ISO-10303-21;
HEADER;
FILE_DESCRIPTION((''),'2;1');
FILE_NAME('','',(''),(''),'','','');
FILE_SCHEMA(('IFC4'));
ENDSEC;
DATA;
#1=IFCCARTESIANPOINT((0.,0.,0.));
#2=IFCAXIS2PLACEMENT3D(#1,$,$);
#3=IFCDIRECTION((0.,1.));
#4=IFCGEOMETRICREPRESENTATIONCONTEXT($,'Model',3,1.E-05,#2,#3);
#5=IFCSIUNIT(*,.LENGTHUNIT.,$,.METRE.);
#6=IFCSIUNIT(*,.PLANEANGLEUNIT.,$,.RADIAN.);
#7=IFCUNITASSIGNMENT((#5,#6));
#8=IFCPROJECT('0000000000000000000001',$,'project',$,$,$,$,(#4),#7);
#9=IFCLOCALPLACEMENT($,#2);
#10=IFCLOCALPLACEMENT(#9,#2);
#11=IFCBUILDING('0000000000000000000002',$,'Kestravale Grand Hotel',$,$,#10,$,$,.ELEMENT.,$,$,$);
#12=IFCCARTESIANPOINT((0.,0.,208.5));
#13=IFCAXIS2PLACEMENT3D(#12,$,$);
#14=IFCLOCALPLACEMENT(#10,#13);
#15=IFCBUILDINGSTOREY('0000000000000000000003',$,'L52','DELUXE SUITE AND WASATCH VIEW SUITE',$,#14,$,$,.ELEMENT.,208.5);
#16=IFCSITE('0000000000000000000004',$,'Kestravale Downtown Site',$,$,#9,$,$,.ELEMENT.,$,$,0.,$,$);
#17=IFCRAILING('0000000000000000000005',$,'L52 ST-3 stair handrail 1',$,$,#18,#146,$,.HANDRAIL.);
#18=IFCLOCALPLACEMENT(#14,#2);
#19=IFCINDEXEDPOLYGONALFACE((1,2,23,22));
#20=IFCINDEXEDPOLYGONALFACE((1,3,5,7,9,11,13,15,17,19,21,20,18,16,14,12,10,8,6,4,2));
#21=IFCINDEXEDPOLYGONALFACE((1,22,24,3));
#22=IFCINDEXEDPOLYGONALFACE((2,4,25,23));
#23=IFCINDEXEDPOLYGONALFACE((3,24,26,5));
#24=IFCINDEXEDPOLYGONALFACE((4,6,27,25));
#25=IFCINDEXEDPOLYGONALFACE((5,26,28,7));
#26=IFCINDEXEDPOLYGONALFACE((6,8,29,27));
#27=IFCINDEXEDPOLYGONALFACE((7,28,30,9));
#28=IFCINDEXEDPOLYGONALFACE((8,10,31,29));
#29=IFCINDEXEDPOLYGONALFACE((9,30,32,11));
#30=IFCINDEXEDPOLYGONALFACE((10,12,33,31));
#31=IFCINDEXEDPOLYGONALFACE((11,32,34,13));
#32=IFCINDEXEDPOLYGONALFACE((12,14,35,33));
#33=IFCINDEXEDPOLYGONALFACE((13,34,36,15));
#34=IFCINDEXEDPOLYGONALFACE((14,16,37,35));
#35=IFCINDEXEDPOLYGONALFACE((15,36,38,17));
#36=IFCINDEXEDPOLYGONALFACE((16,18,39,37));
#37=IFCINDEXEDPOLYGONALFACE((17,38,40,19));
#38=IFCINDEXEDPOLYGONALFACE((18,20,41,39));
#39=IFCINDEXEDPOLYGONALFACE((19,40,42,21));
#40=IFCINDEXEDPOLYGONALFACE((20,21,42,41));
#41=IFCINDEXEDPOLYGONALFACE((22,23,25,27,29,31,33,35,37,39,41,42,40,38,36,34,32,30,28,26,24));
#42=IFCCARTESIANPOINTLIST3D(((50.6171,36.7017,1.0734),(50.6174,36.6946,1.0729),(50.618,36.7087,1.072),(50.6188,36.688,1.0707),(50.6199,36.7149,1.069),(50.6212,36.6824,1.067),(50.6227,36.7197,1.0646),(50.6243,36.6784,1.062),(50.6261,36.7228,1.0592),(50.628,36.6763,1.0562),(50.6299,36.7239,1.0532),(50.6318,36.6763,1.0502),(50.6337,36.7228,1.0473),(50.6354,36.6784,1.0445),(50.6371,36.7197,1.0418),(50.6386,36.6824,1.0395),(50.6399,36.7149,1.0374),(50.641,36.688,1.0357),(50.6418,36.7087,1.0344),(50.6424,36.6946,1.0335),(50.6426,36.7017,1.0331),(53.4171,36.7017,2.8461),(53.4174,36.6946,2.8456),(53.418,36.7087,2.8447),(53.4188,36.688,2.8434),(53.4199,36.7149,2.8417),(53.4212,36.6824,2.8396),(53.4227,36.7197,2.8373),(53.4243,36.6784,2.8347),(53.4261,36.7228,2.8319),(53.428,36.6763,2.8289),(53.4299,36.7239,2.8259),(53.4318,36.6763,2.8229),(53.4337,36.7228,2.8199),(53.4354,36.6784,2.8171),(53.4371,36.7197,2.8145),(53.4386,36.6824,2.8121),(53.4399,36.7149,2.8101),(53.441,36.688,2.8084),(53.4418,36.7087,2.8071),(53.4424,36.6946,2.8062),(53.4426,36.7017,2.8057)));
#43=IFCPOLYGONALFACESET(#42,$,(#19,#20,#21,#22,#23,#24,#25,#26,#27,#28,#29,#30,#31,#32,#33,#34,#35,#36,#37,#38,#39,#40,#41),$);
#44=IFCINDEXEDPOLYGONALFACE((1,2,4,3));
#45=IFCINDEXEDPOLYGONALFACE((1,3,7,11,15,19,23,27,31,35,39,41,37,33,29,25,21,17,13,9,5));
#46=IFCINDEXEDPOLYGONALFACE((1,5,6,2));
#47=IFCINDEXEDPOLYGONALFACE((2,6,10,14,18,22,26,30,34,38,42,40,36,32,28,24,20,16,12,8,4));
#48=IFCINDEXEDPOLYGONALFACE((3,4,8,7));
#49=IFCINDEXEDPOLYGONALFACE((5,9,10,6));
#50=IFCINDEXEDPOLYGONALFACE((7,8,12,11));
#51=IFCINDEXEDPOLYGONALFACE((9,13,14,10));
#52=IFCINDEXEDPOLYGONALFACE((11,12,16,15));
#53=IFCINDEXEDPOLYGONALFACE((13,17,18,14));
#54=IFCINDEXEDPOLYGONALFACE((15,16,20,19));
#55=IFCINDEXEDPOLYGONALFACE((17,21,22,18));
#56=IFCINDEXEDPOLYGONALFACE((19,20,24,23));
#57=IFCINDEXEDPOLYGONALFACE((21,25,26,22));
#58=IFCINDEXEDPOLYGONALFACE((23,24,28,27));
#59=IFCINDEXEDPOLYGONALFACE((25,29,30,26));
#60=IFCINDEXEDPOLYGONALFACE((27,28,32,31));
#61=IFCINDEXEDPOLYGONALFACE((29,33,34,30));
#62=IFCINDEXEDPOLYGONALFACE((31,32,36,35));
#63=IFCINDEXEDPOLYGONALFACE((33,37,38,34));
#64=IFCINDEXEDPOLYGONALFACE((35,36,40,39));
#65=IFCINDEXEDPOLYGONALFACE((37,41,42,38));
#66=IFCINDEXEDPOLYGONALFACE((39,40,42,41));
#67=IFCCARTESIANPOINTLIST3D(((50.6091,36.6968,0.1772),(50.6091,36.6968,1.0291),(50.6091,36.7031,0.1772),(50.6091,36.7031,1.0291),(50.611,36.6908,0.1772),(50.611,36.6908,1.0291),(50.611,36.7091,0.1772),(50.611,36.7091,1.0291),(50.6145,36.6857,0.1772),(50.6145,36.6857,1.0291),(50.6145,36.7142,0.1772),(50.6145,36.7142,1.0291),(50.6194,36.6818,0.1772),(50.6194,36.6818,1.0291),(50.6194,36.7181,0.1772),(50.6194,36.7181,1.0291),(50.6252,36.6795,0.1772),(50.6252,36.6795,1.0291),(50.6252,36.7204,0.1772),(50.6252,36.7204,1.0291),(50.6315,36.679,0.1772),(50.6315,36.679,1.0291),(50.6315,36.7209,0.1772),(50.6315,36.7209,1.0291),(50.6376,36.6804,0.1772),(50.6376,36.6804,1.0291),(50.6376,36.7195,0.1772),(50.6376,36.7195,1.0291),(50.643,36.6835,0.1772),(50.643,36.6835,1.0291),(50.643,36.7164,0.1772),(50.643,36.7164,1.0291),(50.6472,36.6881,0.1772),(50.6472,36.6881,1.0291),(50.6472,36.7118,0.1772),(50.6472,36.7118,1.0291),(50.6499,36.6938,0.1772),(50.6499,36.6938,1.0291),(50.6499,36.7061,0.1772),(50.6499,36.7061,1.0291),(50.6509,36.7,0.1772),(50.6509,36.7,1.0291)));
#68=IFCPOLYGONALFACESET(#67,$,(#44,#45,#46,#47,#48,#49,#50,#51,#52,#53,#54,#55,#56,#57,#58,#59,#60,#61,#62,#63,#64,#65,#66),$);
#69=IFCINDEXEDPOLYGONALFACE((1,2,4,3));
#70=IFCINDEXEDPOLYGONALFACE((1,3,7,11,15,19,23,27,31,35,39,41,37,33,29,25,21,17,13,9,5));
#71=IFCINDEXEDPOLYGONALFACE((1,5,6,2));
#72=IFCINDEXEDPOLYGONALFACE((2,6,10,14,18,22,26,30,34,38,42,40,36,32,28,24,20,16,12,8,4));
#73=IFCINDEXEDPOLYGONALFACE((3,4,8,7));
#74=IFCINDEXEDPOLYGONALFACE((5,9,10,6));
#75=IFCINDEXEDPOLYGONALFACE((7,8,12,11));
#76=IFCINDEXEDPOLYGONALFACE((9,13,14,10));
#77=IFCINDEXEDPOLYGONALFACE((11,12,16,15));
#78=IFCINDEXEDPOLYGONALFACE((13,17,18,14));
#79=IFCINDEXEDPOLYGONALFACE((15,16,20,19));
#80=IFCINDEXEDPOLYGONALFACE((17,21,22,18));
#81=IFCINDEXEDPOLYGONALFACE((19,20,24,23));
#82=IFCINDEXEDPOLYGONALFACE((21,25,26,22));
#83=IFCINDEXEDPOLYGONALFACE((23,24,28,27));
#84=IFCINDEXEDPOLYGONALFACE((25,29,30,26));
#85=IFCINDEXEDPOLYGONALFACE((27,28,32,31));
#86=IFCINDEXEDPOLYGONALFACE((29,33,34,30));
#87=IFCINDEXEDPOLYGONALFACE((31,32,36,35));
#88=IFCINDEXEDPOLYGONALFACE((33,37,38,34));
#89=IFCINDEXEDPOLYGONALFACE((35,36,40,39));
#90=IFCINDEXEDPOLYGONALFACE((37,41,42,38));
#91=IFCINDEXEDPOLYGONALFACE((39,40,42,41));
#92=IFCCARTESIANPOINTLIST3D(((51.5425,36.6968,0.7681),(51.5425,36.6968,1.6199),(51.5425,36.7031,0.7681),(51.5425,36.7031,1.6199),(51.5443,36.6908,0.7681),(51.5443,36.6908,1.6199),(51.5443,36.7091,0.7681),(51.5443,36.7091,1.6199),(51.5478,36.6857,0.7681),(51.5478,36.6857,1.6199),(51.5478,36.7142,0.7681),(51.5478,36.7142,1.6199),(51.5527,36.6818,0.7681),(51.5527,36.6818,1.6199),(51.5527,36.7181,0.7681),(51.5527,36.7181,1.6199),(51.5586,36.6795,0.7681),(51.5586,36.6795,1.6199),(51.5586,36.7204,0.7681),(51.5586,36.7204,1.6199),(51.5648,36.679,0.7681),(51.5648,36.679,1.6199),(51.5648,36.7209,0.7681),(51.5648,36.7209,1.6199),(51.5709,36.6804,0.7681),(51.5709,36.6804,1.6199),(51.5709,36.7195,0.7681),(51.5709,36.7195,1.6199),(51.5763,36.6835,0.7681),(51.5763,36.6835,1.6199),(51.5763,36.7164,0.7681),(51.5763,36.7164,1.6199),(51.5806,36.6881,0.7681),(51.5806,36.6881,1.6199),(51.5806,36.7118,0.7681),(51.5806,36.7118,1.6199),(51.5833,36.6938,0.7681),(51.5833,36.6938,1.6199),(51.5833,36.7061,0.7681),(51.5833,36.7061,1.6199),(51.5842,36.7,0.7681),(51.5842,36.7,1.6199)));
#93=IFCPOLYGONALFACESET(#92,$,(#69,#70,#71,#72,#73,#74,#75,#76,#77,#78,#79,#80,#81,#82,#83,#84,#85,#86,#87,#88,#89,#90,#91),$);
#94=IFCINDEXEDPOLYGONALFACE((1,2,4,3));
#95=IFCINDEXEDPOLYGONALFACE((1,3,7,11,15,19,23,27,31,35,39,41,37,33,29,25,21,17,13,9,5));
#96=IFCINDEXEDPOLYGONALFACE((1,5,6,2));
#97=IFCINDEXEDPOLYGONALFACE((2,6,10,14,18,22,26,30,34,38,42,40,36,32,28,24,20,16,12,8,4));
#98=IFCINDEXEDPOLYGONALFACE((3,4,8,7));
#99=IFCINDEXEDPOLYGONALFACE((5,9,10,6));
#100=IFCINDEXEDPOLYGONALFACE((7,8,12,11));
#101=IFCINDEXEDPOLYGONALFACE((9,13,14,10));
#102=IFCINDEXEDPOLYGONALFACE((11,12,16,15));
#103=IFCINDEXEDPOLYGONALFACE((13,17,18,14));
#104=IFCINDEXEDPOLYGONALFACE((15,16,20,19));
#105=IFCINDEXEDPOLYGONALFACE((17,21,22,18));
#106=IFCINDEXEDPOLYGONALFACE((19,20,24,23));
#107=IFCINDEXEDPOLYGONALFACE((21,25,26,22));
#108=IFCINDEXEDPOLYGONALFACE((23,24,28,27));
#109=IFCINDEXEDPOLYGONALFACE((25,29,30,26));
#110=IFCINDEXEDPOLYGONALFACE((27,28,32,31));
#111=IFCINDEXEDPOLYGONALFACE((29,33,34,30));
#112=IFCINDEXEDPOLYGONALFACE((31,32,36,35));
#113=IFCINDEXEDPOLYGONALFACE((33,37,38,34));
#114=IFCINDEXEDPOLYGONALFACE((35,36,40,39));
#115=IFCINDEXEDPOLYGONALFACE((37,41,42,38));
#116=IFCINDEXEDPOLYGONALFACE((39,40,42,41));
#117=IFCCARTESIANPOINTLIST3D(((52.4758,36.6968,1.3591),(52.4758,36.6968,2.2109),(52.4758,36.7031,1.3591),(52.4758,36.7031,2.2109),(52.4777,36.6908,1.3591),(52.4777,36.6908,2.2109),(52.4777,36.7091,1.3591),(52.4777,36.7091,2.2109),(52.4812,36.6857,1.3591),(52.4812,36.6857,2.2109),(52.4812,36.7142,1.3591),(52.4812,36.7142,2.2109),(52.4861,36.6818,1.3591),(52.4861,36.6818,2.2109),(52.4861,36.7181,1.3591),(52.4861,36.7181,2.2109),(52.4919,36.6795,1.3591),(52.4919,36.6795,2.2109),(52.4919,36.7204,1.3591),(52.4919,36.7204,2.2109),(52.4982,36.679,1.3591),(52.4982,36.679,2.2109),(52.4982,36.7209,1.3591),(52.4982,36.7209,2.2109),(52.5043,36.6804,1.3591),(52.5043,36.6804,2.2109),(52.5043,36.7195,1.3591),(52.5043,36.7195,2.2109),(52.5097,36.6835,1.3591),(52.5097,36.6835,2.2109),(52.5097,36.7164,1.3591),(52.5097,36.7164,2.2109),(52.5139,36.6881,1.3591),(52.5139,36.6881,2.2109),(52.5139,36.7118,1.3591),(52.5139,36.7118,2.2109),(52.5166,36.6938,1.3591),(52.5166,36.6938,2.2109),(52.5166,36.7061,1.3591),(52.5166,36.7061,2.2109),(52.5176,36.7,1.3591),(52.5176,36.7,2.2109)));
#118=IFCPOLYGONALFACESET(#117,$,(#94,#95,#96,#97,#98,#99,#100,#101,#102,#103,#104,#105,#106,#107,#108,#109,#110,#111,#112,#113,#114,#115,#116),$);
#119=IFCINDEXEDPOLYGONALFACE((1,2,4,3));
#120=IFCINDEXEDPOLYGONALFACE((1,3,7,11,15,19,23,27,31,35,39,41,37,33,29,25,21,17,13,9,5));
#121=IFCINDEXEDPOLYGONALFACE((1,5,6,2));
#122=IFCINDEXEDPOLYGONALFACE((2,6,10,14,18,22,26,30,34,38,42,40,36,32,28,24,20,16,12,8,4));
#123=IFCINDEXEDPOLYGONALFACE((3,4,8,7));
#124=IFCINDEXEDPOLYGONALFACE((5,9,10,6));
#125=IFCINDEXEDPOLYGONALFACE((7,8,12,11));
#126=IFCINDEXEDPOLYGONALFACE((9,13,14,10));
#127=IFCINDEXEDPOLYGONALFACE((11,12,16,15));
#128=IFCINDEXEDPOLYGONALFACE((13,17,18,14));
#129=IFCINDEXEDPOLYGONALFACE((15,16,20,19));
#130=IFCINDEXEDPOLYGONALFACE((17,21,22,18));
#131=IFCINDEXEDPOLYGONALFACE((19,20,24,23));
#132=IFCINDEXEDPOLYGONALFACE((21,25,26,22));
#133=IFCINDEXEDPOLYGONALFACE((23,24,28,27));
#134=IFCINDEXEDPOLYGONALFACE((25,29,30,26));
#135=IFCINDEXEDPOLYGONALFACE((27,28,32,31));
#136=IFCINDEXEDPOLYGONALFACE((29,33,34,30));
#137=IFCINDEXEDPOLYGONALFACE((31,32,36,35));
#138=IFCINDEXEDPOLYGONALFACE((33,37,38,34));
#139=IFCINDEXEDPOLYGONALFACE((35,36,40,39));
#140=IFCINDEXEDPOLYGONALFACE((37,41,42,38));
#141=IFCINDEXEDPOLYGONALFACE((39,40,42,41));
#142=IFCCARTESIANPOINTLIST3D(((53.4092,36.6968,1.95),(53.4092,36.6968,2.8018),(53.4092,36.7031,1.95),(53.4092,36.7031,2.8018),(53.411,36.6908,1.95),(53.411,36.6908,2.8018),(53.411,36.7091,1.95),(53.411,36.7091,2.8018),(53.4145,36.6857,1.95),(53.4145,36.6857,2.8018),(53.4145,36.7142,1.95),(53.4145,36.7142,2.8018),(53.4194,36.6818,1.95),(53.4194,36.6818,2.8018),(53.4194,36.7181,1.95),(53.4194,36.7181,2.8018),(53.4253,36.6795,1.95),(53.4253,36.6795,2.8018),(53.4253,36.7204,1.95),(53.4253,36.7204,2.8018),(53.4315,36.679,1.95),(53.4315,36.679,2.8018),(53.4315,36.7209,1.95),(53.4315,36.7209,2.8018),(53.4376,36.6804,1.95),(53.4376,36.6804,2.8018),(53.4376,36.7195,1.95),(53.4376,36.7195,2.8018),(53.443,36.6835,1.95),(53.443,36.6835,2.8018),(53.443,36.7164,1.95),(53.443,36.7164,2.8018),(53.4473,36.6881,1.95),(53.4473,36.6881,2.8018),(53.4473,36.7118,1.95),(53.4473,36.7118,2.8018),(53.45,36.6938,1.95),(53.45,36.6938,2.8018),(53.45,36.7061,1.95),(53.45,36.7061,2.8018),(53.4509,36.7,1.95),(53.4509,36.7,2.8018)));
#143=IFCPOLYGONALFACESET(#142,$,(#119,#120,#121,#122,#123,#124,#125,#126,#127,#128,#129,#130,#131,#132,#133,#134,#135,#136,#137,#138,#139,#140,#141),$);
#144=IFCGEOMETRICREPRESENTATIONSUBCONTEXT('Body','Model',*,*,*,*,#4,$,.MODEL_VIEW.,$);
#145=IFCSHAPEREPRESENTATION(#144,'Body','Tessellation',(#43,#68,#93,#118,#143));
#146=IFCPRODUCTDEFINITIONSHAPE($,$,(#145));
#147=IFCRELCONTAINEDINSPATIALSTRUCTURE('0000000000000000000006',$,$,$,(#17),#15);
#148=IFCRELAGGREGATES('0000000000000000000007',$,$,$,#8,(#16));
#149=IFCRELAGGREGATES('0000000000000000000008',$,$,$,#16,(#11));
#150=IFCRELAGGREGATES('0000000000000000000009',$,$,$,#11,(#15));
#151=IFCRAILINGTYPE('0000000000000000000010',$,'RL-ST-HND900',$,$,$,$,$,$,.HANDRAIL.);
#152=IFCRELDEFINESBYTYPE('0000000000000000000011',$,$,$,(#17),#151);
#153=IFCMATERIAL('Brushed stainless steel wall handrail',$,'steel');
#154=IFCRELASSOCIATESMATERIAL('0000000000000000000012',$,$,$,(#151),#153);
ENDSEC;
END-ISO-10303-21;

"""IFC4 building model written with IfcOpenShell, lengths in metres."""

from ifc_helpers import new_model, si_unit, direction, frame, origin, origin_2d, place, context, subcontext, project, spatial, circle, extrude, material, type_object, element, save


model = new_model("IFC4")

# Units and contexts
model_context = context("Model", 3, precision=1e-05, world=origin(), true_north=direction((0.0, 1.0)))
body_context = subcontext(model_context, "Body", "Model", "MODEL_VIEW")
ifc_project = project(units=[si_unit("LENGTHUNIT", "METRE"), si_unit("PLANEANGLEUNIT", "RADIAN")], contexts=[model_context])

# Site, building, storey
site_placement = place(None, origin())
site = spatial("IfcSite", under=ifc_project, at=site_placement, Name="Kestravale Downtown Site", CompositionType="ELEMENT", RefElevation=0.0)
building_placement = place(site_placement, origin())
building = spatial("IfcBuilding", under=site, at=building_placement, Name="Kestravale Grand Hotel", CompositionType="ELEMENT")
storey_placement = place(building_placement, frame((0.0, 0.0, 208.5)))
storey = spatial("IfcBuildingStorey", under=building, at=storey_placement, Name="L52", Description="DELUXE SUITE AND WASATCH VIEW SUITE", CompositionType="ELEMENT", Elevation=208.5)

# Railing
ifc_material_1 = material(Name="Brushed stainless steel wall handrail", Category="steel")
railing_type_1 = type_object("IfcRailingType", Name="RL-ST-HND900", PredefinedType="HANDRAIL", material=ifc_material_1)
railing_1_placement = place(storey_placement, frame((50.6299, 36.7, 0.1772)))
element("IfcRailing", 1, at=railing_1_placement, inside=storey, type_object=railing_type_1, Name="L52 ST-3 stair handrail 1", PredefinedType="HANDRAIL", context=body_context, shape_type="SweptSolid", body=[
    extrude(circle(Radius=0.0239, at=origin_2d()), frame((0.0, 0.0, 0.876), z_axis=(0.844909, 0.0, 0.53491), x_axis=(0.0, 1.0, 0.0)), (0.0, 0.0, 1.0), 3.314),
    extrude(circle(Radius=0.021, at=origin_2d()), origin(), (0.0, 0.0, 1.0), 0.8518),
    extrude(circle(Radius=0.021, at=origin_2d()), frame((0.9333, 0.0, 0.5908)), (0.0, 0.0, 1.0), 0.8518),
    extrude(circle(Radius=0.021, at=origin_2d()), frame((1.8667, 0.0, 1.1819)), (0.0, 0.0, 1.0), 0.8518),
    extrude(circle(Radius=0.021, at=origin_2d()), frame((2.8, 0.0, 1.7727)), (0.0, 0.0, 1.0), 0.8518),
])

save(model, "model.ifc")
